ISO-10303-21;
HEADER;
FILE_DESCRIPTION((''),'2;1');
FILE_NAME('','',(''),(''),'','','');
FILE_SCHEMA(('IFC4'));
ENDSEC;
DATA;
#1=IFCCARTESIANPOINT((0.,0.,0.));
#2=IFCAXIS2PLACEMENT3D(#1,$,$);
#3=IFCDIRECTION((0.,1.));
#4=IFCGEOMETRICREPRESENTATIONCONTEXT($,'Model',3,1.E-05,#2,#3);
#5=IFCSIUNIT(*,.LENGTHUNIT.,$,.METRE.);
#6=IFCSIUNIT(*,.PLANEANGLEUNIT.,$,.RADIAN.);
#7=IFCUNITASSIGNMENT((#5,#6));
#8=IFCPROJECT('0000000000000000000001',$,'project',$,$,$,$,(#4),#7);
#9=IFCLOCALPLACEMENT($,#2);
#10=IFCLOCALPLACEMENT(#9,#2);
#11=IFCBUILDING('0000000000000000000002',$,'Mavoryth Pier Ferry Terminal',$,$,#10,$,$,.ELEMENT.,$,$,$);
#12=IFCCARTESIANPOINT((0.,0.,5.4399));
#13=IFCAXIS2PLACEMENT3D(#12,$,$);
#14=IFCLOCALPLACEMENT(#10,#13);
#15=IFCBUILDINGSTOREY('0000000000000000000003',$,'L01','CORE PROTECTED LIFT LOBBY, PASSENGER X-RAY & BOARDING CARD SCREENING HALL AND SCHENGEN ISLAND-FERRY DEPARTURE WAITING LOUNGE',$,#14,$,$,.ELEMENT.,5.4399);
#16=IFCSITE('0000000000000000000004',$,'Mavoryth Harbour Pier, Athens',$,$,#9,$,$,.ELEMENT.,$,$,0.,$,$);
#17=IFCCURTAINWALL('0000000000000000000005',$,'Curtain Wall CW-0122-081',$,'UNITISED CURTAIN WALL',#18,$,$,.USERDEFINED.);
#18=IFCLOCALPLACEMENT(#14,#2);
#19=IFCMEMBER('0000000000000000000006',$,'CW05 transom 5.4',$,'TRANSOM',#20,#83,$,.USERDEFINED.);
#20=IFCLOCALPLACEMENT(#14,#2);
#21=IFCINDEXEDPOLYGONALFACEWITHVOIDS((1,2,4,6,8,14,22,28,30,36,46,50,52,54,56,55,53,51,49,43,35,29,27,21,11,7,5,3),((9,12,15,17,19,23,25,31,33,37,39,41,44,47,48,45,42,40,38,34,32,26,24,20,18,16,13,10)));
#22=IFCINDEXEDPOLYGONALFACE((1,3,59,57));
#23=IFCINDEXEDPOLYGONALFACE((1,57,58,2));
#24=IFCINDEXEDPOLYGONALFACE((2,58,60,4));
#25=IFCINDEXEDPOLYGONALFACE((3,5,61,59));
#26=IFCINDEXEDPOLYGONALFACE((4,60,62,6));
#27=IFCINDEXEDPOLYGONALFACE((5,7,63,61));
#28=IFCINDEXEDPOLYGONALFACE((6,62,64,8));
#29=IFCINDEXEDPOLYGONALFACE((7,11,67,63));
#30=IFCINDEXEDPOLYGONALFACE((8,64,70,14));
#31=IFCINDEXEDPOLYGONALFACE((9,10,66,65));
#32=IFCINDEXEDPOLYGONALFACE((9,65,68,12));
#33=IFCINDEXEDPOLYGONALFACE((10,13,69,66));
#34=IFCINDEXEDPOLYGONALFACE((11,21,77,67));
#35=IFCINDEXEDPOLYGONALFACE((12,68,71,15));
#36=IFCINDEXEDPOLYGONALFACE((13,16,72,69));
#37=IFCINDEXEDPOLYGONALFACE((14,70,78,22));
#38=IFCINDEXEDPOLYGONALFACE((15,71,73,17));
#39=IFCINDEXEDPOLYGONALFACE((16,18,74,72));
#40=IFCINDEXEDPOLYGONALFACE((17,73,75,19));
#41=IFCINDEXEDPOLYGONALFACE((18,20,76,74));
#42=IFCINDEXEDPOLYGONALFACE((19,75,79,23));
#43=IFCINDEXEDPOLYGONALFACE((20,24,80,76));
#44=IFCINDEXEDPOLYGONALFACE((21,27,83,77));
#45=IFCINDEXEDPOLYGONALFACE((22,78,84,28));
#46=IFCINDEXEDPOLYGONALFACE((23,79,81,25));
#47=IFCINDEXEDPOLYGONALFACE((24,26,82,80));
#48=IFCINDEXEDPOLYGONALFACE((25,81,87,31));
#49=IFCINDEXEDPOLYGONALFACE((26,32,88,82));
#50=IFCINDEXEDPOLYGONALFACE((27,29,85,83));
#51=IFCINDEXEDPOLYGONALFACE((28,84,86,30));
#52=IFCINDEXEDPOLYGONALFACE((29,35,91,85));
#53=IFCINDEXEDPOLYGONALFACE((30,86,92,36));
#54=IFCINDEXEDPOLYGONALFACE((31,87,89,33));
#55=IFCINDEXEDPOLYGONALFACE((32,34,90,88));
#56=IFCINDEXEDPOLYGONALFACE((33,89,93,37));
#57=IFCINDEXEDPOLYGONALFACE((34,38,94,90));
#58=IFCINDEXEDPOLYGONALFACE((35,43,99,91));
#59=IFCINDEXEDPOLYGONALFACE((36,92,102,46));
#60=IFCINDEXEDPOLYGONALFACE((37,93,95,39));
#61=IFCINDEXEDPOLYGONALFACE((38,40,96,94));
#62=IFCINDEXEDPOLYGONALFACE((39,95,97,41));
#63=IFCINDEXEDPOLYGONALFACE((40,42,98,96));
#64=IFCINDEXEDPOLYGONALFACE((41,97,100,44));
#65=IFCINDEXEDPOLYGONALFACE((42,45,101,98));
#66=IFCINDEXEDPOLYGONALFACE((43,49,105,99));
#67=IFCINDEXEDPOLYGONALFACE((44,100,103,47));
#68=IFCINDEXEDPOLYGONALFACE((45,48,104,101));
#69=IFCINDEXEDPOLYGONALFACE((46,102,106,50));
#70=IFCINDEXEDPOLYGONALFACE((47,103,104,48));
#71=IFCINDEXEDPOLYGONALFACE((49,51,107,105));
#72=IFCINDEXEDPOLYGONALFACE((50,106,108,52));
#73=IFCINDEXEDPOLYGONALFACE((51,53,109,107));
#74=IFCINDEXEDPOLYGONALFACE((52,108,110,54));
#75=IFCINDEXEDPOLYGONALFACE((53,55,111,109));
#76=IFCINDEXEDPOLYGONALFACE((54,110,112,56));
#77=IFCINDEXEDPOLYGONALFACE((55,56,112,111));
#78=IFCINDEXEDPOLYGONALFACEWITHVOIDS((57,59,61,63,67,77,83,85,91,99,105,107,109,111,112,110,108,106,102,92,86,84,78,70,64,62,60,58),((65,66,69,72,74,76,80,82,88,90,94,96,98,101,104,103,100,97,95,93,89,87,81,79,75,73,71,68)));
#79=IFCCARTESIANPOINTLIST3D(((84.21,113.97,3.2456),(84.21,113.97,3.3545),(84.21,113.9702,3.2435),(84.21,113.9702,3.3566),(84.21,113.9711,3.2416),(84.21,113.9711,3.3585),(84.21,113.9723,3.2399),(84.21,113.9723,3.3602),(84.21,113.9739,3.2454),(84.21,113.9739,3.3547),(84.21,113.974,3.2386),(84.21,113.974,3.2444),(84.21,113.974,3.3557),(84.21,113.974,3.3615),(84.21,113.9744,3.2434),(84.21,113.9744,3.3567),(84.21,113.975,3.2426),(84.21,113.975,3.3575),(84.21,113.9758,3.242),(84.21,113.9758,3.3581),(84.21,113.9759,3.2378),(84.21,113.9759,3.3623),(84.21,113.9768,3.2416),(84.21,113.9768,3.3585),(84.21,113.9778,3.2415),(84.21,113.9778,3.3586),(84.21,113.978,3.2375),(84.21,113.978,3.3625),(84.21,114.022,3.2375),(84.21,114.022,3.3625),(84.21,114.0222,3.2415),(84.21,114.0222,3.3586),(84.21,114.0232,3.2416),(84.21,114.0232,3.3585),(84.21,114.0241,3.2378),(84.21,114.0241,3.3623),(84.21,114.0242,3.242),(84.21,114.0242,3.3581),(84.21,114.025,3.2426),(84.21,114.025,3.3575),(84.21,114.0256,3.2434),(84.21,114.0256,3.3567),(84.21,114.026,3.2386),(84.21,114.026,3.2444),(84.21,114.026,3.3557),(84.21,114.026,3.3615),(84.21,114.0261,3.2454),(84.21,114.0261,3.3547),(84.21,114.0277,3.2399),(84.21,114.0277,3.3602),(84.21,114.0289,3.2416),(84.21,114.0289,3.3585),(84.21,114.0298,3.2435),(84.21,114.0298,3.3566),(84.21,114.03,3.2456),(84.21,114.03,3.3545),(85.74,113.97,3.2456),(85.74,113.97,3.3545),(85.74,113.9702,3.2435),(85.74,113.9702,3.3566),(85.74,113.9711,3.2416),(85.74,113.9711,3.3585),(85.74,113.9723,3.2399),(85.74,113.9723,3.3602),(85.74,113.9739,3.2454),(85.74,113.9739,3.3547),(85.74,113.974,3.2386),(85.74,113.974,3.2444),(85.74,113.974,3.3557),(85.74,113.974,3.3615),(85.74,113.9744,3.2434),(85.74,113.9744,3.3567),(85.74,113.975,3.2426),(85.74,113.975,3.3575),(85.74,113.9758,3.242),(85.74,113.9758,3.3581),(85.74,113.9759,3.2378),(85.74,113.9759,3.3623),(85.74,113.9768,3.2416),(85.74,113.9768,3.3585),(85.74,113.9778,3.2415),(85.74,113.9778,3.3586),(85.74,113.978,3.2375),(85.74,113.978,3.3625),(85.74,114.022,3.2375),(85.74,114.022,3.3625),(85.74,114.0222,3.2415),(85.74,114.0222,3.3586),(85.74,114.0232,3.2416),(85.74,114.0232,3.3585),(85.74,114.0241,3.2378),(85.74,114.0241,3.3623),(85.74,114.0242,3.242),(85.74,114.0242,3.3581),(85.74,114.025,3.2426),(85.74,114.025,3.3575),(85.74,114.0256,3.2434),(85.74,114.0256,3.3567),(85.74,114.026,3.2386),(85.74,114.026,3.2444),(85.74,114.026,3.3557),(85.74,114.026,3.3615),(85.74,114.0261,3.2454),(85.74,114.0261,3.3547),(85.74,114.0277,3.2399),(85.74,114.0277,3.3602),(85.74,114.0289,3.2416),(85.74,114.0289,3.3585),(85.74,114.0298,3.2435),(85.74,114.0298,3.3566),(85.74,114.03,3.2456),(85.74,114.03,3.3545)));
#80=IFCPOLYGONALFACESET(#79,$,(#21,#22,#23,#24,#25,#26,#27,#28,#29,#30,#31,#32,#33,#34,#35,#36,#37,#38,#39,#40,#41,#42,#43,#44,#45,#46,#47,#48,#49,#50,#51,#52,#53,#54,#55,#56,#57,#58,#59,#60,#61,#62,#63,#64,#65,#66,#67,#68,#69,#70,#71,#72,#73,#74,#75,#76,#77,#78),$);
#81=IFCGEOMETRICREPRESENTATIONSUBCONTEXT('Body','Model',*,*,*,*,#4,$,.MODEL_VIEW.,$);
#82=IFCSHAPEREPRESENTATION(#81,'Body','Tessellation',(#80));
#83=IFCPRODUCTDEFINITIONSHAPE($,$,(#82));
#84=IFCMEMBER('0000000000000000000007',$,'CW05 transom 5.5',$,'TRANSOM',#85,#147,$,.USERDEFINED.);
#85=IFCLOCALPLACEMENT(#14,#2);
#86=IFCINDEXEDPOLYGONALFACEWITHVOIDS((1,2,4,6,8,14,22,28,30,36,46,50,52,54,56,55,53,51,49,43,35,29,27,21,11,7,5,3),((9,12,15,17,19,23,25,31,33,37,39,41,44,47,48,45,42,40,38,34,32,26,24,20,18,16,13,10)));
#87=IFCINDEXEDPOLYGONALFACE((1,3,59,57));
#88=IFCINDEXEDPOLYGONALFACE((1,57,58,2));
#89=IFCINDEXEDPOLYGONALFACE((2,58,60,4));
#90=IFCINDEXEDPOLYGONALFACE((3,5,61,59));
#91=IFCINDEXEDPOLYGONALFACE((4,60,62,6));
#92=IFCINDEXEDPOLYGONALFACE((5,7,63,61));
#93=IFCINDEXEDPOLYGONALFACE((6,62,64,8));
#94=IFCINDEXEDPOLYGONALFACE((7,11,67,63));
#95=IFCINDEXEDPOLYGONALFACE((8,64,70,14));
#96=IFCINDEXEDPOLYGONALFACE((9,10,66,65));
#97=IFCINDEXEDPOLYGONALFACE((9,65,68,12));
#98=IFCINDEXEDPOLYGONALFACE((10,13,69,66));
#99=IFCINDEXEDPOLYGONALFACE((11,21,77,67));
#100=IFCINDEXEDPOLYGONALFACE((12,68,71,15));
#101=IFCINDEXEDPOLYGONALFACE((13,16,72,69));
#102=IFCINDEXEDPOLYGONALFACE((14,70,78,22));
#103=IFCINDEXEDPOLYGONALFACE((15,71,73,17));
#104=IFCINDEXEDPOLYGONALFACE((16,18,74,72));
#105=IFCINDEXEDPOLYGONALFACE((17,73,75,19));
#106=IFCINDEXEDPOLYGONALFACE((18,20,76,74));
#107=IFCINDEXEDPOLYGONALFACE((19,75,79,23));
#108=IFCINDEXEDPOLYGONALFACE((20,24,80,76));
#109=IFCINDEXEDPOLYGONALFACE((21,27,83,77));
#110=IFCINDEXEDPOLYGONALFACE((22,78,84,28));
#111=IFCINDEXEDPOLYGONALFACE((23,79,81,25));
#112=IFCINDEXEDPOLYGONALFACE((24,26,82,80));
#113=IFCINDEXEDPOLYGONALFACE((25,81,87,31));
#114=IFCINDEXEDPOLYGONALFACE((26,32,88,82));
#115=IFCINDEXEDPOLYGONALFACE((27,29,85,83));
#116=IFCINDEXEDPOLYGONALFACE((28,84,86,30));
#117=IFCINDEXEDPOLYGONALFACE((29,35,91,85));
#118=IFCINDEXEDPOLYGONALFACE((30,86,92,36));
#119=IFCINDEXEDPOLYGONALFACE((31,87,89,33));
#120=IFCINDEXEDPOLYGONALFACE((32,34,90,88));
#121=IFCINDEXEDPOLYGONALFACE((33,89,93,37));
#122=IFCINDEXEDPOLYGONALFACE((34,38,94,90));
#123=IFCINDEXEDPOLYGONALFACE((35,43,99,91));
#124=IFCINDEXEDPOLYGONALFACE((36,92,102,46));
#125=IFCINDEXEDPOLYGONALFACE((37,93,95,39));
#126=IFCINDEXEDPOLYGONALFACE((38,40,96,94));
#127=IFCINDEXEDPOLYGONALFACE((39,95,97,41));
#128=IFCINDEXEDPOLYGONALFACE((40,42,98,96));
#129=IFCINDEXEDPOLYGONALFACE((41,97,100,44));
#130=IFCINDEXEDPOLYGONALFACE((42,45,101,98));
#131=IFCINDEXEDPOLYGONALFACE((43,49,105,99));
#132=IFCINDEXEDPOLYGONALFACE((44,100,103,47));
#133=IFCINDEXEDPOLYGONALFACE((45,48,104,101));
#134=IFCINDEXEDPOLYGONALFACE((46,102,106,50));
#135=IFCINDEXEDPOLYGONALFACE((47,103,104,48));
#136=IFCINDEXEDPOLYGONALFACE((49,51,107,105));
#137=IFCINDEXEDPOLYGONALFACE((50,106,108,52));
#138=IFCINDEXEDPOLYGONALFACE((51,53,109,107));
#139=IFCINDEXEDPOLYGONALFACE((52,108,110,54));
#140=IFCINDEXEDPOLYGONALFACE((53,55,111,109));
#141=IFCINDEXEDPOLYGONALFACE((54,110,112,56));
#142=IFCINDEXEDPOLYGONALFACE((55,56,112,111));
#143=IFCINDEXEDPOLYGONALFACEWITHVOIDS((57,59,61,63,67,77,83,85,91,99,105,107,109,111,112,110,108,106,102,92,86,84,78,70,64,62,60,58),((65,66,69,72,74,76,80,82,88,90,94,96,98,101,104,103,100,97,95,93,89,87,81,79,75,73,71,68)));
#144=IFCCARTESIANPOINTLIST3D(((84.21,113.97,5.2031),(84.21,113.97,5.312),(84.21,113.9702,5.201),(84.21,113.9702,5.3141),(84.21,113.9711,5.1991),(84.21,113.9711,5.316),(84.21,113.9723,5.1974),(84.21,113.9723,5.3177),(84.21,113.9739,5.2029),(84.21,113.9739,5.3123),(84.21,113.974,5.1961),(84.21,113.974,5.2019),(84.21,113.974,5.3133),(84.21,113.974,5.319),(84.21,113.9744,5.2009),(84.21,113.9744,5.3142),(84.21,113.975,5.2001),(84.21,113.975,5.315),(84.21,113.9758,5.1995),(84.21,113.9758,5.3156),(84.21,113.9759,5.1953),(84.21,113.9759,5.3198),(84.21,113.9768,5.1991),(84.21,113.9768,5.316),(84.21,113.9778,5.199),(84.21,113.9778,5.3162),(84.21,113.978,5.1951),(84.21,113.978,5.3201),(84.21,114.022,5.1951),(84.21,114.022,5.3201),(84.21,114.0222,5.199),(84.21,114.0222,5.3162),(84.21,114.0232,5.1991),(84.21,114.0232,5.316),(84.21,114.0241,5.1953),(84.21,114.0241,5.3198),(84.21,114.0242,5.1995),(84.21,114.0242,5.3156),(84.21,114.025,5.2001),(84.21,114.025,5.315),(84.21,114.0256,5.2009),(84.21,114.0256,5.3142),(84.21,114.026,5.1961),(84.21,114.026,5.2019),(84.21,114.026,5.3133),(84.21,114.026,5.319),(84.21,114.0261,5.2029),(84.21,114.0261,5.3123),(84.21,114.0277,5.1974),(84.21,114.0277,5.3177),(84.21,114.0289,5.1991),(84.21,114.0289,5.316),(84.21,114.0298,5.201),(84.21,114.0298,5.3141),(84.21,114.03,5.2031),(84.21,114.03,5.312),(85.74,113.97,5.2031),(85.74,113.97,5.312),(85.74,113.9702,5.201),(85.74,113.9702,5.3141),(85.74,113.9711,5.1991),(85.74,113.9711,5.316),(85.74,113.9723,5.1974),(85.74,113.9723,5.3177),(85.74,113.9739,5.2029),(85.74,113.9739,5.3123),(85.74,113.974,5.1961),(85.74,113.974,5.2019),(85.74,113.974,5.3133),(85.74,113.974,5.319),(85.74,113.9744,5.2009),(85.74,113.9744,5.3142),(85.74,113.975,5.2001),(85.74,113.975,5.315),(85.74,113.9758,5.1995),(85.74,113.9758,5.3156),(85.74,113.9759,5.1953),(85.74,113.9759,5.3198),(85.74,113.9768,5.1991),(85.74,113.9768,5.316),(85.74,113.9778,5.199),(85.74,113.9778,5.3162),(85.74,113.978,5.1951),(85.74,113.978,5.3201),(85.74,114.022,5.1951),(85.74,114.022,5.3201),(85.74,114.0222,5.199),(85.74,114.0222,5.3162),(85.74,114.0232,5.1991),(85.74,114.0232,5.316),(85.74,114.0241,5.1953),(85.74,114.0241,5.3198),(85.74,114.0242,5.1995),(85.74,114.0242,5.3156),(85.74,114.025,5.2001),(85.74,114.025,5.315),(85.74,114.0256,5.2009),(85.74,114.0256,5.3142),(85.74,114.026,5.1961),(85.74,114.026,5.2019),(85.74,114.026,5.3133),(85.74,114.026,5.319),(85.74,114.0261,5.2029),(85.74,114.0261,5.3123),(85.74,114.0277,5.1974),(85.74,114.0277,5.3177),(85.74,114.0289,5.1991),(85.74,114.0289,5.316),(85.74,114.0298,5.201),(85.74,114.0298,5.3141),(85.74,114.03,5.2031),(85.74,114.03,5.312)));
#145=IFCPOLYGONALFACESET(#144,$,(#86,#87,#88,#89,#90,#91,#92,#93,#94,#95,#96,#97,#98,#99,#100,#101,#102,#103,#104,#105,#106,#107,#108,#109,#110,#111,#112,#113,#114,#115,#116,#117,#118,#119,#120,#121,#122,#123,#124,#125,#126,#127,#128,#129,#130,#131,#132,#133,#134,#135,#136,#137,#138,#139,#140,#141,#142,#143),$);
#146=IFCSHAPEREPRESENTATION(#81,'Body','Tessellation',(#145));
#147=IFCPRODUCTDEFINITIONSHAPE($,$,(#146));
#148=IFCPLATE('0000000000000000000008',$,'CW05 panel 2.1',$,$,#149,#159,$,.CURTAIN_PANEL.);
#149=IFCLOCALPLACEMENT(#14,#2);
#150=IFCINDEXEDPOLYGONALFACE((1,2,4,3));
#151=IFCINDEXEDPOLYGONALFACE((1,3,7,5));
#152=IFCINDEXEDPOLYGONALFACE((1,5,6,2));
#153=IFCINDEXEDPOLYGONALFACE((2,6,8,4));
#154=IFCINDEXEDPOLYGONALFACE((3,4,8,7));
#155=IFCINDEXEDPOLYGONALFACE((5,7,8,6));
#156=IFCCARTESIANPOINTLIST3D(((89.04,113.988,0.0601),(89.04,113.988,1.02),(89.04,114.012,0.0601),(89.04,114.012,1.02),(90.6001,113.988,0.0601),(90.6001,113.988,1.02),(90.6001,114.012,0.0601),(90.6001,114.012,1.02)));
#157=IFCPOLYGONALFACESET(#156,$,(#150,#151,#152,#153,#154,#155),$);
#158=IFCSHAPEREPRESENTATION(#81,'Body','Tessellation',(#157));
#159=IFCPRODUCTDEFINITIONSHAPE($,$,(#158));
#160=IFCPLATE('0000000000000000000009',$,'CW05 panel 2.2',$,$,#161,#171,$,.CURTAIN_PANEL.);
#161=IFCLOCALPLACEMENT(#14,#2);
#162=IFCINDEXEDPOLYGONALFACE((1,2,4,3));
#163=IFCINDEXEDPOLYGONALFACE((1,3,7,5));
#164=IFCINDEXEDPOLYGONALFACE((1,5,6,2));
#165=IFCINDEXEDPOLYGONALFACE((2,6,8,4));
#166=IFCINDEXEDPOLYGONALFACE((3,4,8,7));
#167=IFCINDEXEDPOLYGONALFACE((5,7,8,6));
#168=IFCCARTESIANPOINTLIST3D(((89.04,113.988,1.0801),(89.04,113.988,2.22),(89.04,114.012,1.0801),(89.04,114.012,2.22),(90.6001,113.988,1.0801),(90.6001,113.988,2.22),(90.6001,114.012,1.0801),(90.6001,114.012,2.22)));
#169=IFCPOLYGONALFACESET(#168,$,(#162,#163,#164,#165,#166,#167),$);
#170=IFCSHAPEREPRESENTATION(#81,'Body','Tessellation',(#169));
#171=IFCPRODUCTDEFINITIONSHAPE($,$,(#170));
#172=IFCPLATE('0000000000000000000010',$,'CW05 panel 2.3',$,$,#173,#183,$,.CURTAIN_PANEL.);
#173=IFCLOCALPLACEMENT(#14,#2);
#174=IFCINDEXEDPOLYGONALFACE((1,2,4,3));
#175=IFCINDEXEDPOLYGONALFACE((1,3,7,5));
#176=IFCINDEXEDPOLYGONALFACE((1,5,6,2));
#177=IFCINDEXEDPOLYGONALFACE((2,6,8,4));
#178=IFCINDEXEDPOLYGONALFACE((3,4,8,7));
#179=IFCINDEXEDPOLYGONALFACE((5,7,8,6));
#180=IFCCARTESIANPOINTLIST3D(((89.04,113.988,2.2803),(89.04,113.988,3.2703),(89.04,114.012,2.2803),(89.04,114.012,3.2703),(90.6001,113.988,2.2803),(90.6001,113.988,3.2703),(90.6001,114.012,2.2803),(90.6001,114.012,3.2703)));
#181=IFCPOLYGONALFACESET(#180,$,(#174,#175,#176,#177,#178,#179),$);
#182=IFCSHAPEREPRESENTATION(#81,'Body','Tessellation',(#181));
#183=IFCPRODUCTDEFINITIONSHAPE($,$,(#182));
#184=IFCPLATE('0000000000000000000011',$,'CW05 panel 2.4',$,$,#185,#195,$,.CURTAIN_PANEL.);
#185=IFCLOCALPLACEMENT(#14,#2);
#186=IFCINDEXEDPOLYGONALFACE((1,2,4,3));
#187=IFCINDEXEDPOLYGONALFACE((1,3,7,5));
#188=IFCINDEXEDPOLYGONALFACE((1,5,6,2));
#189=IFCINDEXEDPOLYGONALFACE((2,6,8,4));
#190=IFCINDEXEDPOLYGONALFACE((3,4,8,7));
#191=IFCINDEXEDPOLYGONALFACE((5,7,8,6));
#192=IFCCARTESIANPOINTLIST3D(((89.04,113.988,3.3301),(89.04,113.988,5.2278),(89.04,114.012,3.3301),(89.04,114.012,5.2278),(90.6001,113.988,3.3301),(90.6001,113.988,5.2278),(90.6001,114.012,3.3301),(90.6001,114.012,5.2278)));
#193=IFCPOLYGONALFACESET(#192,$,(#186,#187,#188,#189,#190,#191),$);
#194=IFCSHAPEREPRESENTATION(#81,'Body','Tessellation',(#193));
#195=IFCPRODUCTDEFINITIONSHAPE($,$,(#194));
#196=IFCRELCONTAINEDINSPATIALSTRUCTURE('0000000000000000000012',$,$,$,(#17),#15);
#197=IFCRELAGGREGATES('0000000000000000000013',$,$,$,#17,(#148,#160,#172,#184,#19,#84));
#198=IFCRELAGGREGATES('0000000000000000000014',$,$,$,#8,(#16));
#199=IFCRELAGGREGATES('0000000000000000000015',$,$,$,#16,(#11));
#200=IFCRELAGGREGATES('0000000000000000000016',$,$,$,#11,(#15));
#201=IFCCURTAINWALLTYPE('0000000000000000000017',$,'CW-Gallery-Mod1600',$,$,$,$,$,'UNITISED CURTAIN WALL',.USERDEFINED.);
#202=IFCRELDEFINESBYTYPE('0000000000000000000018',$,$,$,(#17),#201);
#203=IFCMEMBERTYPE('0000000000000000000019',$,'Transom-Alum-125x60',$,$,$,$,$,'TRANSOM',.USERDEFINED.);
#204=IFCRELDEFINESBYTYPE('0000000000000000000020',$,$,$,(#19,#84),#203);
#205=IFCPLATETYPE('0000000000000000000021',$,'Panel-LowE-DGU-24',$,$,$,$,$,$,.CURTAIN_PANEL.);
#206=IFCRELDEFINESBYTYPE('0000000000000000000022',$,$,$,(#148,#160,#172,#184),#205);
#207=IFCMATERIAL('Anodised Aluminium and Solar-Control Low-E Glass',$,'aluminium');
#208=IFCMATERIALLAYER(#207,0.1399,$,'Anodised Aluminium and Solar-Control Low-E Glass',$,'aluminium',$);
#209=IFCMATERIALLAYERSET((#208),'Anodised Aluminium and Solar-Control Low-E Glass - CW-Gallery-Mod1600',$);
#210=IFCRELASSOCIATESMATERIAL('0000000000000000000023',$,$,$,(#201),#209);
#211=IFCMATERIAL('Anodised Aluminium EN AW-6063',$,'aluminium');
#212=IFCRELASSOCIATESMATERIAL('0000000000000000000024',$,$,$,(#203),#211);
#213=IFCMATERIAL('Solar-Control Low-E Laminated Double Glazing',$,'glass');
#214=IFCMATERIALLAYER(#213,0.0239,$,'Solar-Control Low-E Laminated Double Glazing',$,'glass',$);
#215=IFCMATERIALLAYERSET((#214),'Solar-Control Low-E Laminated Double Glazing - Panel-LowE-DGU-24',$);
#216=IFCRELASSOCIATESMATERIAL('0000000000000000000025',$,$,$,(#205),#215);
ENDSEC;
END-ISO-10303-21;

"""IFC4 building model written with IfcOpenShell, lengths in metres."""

from ifc_helpers import new_model, si_unit, direction, frame, origin, origin_2d, place, context, subcontext, project, spatial, rectangle, hollow_rectangle, extrude, material, layer, layer_set, material_profile, profile_set, type_object, element, aggregate, save


model = new_model("IFC4")

# Units and contexts
model_context = context("Model", 3, precision=1e-05, world=origin(), true_north=direction((0.0, 1.0)))
body_context = subcontext(model_context, "Body", "Model", "MODEL_VIEW")
ifc_project = project(units=[si_unit("LENGTHUNIT", "METRE"), si_unit("PLANEANGLEUNIT", "RADIAN")], contexts=[model_context])

# Site, building, storey
site_placement = place(None, origin())
site = spatial("IfcSite", under=ifc_project, at=site_placement, Name="Mavoryth Harbour Pier, Athens", CompositionType="ELEMENT", RefElevation=0.0)
building_placement = place(site_placement, origin())
building = spatial("IfcBuilding", under=site, at=building_placement, Name="Mavoryth Pier Ferry Terminal", CompositionType="ELEMENT")
storey_placement = place(building_placement, frame((0.0, 0.0, 5.4399)))
storey = spatial("IfcBuildingStorey", under=building, at=storey_placement, Name="L01", Description="CORE PROTECTED LIFT LOBBY, PASSENGER X-RAY & BOARDING CARD SCREENING HALL AND SCHENGEN ISLAND-FERRY DEPARTURE WAITING LOUNGE", CompositionType="ELEMENT", Elevation=5.4399)

# Curtain wall, members, plates
ifc_material_1 = material(Name="Anodised Aluminium and Solar-Control Low-E Glass", Category="aluminium")
ifc_layer_1 = layer(ifc_material_1, 0.1399, Name="Anodised Aluminium and Solar-Control Low-E Glass", Category="aluminium")
ifc_layer_set_1 = layer_set([ifc_layer_1], Name="Anodised Aluminium and Solar-Control Low-E Glass - CW-Gallery-Mod1600")
curtain_wall_type = type_object("IfcCurtainWallType", Name="CW-Gallery-Mod1600", ElementType="UNITISED CURTAIN WALL", PredefinedType="USERDEFINED", material=ifc_layer_set_1)
curtain_wall_placement = place(storey_placement, origin())
curtain_wall = element("IfcCurtainWall", 1, at=curtain_wall_placement, inside=storey, type_object=curtain_wall_type, Name="Curtain Wall CW-0122-081", ObjectType="UNITISED CURTAIN WALL", PredefinedType="USERDEFINED")
ifc_material_2 = material(Name="Anodised Aluminium EN AW-6063", Category="aluminium")
ifc_material_profile_1 = material_profile(ifc_material_2, hollow_rectangle(XDim=0.0601, YDim=0.125, WallThickness=0.0039, InnerFilletRadius=0.0039, OuterFilletRadius=0.0081, at=origin_2d()), Name="AL-TRAN 125x60x4", Category="aluminium")
ifc_profile_set_1 = profile_set([ifc_material_profile_1], Name="Anodised Aluminium EN AW-6063 - AL-TRAN 125x60x4")
member_type_1 = type_object("IfcMemberType", Name="Transom-Alum-125x60", ElementType="TRANSOM", PredefinedType="USERDEFINED", material=ifc_profile_set_1)
member_1_placement = place(storey_placement, frame((85.74, 114.0, 3.3), z_axis=(-1.0, 0.0, 0.0), x_axis=(0.0, -1.0, 0.0)))
member_1 = element("IfcMember", 2, at=member_1_placement, type_object=member_type_1, Name="CW05 transom 5.4", ObjectType="TRANSOM", PredefinedType="USERDEFINED", context=body_context, shape_type="SweptSolid", body=[
    extrude(hollow_rectangle(XDim=0.0601, YDim=0.125, WallThickness=0.0039, InnerFilletRadius=0.0039, OuterFilletRadius=0.0081, at=origin_2d()), origin(), (0.0, 0.0, 1.0), 1.53),
])
member_2_placement = place(storey_placement, frame((85.74, 114.0, 5.2576), z_axis=(-1.0, 0.0, 0.0), x_axis=(0.0, -1.0, 0.0)))
member_2 = element("IfcMember", 3, at=member_2_placement, type_object=member_type_1, Name="CW05 transom 5.5", ObjectType="TRANSOM", PredefinedType="USERDEFINED", context=body_context, shape_type="SweptSolid", body=[
    extrude(hollow_rectangle(XDim=0.0601, YDim=0.125, WallThickness=0.0039, InnerFilletRadius=0.0039, OuterFilletRadius=0.0081, at=origin_2d()), origin(), (0.0, 0.0, 1.0), 1.53),
])
ifc_material_3 = material(Name="Solar-Control Low-E Laminated Double Glazing", Category="glass")
ifc_layer_2 = layer(ifc_material_3, 0.0239, Name="Solar-Control Low-E Laminated Double Glazing", Category="glass")
ifc_layer_set_2 = layer_set([ifc_layer_2], Name="Solar-Control Low-E Laminated Double Glazing - Panel-LowE-DGU-24")
plate_type = type_object("IfcPlateType", Name="Panel-LowE-DGU-24", PredefinedType="CURTAIN_PANEL", material=ifc_layer_set_2)
plate_1_placement = place(storey_placement, frame((89.8201, 114.0, 0.0601), z_axis=(0.0, 0.0, 1.0), x_axis=(-1.0, 0.0, 0.0)))
plate_1 = element("IfcPlate", 4, at=plate_1_placement, type_object=plate_type, Name="CW05 panel 2.1", PredefinedType="CURTAIN_PANEL", context=body_context, shape_type="SweptSolid", body=[
    extrude(rectangle(XDim=1.5601, YDim=0.0239, at=origin_2d()), origin(), (0.0, 0.0, 1.0), 0.96),
])
plate_2_placement = place(storey_placement, frame((89.8201, 114.0, 1.0801), z_axis=(0.0, 0.0, 1.0), x_axis=(-1.0, 0.0, 0.0)))
plate_2 = element("IfcPlate", 5, at=plate_2_placement, type_object=plate_type, Name="CW05 panel 2.2", PredefinedType="CURTAIN_PANEL", context=body_context, shape_type="SweptSolid", body=[
    extrude(rectangle(XDim=1.5601, YDim=0.0239, at=origin_2d()), origin(), (0.0, 0.0, 1.0), 1.1399),
])
plate_3_placement = place(storey_placement, frame((89.8201, 114.0, 2.2803), z_axis=(0.0, 0.0, 1.0), x_axis=(-1.0, 0.0, 0.0)))
plate_3 = element("IfcPlate", 6, at=plate_3_placement, type_object=plate_type, Name="CW05 panel 2.3", PredefinedType="CURTAIN_PANEL", context=body_context, shape_type="SweptSolid", body=[
    extrude(rectangle(XDim=1.5601, YDim=0.0239, at=origin_2d()), origin(), (0.0, 0.0, 1.0), 0.99),
])
plate_4_placement = place(storey_placement, frame((89.8201, 114.0, 3.3301), z_axis=(0.0, 0.0, 1.0), x_axis=(-1.0, 0.0, 0.0)))
plate_4 = element("IfcPlate", 7, at=plate_4_placement, type_object=plate_type, Name="CW05 panel 2.4", PredefinedType="CURTAIN_PANEL", context=body_context, shape_type="SweptSolid", body=[
    extrude(rectangle(XDim=1.5601, YDim=0.0239, at=origin_2d()), origin(), (0.0, 0.0, 1.0), 1.8977),
])
aggregate(curtain_wall, [plate_1, plate_2, plate_3, plate_4, member_1, member_2])

save(model, "model.ifc")
